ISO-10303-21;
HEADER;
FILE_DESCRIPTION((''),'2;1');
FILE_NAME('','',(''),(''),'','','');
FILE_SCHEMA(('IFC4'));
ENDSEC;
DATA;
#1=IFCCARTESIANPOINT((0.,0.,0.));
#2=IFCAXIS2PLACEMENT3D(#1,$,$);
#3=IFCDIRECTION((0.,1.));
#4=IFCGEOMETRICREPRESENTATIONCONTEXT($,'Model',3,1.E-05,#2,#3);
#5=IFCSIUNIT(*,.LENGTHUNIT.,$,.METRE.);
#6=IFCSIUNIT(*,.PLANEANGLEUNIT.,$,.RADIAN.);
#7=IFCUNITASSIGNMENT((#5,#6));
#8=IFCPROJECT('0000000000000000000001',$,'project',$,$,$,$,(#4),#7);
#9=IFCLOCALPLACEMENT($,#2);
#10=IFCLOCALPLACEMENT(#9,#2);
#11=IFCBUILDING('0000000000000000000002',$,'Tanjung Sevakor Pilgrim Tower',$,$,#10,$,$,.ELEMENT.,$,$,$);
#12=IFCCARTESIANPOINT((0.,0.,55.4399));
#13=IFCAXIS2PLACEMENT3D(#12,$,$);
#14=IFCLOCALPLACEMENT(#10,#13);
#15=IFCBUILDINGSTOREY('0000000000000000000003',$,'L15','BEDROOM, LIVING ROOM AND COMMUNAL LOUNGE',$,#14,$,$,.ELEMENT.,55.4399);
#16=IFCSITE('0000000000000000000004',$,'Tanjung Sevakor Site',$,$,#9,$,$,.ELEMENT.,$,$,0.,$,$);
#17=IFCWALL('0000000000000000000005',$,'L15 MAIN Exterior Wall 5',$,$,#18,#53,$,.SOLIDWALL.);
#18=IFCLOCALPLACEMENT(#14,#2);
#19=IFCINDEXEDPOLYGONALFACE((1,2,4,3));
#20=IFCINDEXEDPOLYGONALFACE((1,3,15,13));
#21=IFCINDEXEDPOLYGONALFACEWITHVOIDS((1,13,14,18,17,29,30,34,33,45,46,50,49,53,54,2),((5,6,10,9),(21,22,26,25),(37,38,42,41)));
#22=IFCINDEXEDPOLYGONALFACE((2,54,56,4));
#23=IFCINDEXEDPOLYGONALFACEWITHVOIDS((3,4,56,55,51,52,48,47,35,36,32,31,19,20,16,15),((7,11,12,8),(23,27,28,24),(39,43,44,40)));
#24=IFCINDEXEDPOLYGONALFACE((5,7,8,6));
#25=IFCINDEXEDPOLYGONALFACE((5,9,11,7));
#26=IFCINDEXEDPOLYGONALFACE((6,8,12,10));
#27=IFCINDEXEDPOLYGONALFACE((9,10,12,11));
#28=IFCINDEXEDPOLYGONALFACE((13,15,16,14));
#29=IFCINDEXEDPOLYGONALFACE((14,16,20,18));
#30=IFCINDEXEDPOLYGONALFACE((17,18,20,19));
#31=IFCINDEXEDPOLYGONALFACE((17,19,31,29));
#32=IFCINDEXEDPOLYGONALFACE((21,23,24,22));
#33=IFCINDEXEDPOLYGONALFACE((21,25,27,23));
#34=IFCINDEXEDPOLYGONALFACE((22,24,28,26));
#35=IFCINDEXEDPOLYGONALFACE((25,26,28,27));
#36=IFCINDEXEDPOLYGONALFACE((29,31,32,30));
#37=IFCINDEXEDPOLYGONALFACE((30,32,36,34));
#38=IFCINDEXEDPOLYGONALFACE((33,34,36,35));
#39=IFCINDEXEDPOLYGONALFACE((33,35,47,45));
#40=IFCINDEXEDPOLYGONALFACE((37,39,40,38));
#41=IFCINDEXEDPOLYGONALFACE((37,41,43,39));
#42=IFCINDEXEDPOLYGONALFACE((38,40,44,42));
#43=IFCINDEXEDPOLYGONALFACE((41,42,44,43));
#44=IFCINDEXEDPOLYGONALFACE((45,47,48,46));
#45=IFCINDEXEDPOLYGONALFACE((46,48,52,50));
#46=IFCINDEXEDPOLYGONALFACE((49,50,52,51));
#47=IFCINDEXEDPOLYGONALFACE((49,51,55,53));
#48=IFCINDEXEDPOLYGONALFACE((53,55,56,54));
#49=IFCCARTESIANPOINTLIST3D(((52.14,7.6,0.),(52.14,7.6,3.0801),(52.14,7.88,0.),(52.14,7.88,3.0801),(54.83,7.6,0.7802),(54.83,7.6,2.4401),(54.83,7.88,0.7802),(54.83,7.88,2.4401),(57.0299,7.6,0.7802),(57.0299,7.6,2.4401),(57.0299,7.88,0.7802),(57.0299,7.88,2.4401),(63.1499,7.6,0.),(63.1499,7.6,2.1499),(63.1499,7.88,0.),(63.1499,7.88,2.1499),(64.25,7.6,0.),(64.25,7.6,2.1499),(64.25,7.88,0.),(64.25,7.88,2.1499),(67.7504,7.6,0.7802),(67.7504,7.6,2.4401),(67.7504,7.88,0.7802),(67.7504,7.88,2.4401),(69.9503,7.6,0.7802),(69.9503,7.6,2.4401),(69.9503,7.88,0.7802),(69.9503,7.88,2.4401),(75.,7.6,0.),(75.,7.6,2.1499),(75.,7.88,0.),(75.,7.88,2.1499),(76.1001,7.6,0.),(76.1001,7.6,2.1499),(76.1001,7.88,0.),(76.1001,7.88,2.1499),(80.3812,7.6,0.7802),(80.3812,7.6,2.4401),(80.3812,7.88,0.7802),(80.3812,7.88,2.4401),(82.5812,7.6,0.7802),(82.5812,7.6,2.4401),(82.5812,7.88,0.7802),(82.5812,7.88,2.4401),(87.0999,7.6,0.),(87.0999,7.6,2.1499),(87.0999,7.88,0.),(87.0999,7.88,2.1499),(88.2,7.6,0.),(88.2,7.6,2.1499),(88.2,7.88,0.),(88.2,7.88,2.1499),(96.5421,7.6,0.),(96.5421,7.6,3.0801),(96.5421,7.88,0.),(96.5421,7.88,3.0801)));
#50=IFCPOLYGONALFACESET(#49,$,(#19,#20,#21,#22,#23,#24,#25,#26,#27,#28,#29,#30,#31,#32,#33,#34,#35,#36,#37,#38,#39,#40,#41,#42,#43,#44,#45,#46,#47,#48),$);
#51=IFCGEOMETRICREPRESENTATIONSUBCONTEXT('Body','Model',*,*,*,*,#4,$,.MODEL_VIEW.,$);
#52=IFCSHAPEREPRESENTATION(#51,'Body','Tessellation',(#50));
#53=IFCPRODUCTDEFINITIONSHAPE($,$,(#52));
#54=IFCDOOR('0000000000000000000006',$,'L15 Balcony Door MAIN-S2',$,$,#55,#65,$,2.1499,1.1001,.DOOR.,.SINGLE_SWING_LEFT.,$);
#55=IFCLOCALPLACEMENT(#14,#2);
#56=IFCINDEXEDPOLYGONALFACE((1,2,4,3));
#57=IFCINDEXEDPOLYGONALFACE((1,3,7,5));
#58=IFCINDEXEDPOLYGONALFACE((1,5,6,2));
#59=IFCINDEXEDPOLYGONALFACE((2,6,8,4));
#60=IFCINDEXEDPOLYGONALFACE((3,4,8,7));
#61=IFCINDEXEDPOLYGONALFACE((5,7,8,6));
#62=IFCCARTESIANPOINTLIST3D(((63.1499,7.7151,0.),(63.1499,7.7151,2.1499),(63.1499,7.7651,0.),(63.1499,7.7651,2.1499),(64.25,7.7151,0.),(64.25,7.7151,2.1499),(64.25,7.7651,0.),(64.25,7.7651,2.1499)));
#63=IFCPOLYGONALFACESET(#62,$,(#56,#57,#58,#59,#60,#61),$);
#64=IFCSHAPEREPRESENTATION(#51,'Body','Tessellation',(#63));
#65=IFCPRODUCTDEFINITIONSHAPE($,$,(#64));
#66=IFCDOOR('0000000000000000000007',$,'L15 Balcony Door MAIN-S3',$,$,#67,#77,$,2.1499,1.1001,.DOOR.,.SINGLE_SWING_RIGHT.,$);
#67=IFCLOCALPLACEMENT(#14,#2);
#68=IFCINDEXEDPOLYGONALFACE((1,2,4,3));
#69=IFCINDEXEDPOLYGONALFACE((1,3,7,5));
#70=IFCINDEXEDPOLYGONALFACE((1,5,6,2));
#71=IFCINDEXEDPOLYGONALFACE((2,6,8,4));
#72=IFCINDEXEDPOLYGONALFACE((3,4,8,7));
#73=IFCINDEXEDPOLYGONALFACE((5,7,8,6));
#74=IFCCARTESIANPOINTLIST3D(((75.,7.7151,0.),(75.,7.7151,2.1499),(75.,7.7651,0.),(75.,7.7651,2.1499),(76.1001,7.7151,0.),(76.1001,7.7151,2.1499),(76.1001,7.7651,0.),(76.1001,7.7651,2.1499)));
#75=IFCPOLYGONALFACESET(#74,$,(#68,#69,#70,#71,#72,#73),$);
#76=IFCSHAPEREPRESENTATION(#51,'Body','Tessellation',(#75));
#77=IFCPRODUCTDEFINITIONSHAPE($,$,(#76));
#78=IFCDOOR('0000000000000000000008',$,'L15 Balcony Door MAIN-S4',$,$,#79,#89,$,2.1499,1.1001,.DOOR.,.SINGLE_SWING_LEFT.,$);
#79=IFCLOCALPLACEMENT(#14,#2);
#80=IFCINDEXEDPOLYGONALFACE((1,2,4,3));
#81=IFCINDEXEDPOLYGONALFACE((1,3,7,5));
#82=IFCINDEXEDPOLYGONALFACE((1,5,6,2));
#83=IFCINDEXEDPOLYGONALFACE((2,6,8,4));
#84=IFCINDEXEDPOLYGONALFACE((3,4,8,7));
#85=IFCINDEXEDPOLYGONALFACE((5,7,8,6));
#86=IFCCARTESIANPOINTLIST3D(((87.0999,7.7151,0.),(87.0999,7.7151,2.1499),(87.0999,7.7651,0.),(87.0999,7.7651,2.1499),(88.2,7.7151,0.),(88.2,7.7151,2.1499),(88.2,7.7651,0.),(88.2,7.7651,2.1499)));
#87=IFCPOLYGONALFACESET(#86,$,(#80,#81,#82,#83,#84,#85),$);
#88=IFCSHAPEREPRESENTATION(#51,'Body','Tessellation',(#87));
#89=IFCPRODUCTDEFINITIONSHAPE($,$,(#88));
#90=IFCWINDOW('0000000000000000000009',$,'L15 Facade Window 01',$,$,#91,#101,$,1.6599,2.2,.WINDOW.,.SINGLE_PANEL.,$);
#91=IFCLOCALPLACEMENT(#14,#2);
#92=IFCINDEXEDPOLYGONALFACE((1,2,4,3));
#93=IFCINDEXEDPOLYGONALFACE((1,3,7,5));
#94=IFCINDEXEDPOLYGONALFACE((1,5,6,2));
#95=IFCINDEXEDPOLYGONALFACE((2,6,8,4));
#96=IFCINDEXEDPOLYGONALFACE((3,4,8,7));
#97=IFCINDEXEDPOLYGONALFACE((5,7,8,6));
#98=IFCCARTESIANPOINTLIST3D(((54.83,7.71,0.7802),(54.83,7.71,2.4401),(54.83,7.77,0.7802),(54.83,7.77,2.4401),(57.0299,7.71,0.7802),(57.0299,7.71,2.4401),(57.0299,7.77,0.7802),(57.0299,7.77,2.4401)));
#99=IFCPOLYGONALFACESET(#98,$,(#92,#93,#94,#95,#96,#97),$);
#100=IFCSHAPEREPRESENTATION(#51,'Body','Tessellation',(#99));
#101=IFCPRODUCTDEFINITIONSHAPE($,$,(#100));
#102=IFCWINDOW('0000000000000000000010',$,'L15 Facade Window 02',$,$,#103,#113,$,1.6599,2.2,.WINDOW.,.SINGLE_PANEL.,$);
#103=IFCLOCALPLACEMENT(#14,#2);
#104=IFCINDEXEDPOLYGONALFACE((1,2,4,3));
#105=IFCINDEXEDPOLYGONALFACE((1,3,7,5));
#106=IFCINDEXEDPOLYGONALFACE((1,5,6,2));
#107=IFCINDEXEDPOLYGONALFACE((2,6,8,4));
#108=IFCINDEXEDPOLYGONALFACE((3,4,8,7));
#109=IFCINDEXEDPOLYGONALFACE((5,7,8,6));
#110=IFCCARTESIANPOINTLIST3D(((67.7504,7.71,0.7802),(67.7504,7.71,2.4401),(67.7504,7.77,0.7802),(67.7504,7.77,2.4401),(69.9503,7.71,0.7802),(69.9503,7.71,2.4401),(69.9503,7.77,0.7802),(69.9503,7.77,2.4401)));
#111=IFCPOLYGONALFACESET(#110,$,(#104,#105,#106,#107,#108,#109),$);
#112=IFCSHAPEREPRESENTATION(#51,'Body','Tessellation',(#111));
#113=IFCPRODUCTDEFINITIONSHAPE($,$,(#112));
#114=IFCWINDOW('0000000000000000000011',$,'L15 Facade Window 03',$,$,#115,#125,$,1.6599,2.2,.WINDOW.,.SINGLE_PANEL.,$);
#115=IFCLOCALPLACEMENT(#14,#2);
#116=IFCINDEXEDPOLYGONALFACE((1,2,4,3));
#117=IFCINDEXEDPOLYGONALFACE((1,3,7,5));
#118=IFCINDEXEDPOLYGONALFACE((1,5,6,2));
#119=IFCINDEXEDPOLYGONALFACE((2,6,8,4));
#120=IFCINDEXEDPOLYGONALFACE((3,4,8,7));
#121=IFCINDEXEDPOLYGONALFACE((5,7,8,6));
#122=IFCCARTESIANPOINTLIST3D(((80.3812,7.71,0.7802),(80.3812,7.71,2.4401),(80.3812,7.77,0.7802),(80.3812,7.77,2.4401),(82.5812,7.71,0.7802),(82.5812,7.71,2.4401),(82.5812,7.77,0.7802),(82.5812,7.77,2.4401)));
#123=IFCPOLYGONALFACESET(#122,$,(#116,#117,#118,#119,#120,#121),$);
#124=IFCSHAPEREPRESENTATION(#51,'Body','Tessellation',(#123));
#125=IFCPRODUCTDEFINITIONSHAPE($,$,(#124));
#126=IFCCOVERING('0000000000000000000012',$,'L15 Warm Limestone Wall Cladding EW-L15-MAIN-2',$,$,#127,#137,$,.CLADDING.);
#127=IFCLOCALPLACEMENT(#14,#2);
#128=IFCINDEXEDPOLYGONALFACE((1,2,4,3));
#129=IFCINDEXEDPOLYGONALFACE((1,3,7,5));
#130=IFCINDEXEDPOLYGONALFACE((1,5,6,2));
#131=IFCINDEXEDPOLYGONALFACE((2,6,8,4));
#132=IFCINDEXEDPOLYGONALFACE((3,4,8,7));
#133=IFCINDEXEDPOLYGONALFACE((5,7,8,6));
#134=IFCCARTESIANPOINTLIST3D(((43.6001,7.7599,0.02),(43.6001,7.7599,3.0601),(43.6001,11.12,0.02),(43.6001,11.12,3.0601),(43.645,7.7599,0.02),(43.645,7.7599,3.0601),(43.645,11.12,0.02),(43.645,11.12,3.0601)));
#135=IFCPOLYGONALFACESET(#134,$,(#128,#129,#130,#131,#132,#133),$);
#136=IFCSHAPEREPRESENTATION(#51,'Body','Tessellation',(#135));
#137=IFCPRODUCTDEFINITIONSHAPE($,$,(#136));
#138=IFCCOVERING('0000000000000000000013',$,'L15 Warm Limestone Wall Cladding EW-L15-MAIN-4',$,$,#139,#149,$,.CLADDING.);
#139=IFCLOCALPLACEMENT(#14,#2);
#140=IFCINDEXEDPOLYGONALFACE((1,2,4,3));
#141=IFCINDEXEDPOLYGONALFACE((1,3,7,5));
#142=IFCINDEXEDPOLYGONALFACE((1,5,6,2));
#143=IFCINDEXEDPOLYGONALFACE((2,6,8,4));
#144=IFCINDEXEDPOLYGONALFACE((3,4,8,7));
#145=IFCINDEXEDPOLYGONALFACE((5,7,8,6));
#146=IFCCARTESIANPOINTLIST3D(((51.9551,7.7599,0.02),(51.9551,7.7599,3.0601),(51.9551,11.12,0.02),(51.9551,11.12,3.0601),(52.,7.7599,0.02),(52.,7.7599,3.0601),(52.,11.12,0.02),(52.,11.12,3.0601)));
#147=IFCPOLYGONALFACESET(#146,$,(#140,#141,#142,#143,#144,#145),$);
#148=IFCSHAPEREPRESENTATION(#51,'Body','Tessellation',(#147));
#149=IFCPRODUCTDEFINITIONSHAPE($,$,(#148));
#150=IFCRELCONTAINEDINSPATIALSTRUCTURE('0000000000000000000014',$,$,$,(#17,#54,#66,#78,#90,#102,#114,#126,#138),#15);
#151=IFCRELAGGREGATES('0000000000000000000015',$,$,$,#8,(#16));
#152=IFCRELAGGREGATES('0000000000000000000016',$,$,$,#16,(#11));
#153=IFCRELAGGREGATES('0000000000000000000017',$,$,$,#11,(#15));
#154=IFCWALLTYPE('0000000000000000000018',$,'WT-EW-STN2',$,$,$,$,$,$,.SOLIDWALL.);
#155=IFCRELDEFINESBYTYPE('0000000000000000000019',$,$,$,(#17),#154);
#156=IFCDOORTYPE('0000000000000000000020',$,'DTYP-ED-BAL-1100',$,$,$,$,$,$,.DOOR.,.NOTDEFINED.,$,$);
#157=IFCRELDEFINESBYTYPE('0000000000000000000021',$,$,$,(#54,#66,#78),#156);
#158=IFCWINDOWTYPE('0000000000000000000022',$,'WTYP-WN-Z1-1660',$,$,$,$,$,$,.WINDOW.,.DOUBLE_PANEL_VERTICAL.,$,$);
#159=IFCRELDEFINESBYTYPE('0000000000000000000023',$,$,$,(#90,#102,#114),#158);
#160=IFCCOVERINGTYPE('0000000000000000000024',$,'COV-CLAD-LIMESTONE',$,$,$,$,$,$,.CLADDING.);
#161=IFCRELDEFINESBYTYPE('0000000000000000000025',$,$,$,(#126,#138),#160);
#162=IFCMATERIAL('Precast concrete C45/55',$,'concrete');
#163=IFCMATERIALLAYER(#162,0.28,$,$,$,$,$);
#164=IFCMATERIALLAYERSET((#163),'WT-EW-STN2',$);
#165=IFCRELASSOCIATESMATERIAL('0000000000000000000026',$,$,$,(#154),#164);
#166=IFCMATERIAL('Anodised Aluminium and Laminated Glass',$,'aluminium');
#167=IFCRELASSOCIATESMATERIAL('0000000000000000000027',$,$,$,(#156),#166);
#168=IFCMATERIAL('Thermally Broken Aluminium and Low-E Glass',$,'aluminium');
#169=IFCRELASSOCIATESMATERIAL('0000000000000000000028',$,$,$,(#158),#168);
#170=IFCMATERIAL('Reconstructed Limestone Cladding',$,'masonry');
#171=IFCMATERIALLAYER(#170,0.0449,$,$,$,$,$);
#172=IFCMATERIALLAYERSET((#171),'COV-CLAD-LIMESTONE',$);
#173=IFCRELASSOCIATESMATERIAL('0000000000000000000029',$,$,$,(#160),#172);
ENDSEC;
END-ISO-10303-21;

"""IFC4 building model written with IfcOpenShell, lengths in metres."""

from ifc_helpers import new_model, si_unit, direction, frame, frame_2d, origin, origin_2d, place, context, subcontext, project, spatial, rectangle, extrude, material, layer, layer_set, type_object, element, fill, save


model = new_model("IFC4")

# Units and contexts
model_context = context("Model", 3, precision=1e-05, world=origin(), true_north=direction((0.0, 1.0)))
body_context = subcontext(model_context, "Body", "Model", "MODEL_VIEW")
ifc_project = project(units=[si_unit("LENGTHUNIT", "METRE"), si_unit("PLANEANGLEUNIT", "RADIAN")], contexts=[model_context])

# Site, building, storey
site_placement = place(None, origin())
site = spatial("IfcSite", under=ifc_project, at=site_placement, Name="Tanjung Sevakor Site", CompositionType="ELEMENT", RefElevation=0.0)
building_placement = place(site_placement, origin())
building = spatial("IfcBuilding", under=site, at=building_placement, Name="Tanjung Sevakor Pilgrim Tower", CompositionType="ELEMENT")
storey_placement = place(building_placement, frame((0.0, 0.0, 55.4399)))
storey = spatial("IfcBuildingStorey", under=building, at=storey_placement, Name="L15", Description="BEDROOM, LIVING ROOM AND COMMUNAL LOUNGE", CompositionType="ELEMENT", Elevation=55.4399)

# Shared definitions
ifc_material_1 = material(Name="Precast concrete C45/55", Category="concrete")
ifc_layer_1 = layer(ifc_material_1, 0.28)
ifc_layer_set_1 = layer_set([ifc_layer_1], Name="WT-EW-STN2")
wall_type_1 = type_object("IfcWallType", Name="WT-EW-STN2", PredefinedType="SOLIDWALL", material=ifc_layer_set_1)

# Wall, openings, doors, windows
wall_1_placement = place(storey_placement, frame((52.1399, 7.74, 0.0), z_axis=(0.0, 0.0, 1.0), x_axis=(1.0, 0.0, 0.0)))
wall_1 = element("IfcWall", 1, at=wall_1_placement, inside=storey, type_object=wall_type_1, Name="L15 MAIN Exterior Wall 5", PredefinedType="SOLIDWALL", context=body_context, shape_type="SweptSolid", body=[
    extrude(rectangle(XDim=44.4021, YDim=0.28, at=frame_2d((22.2012, 0.0))), origin(), (0.0, 0.0, 1.0), 3.0801),
])
opening_1_placement = place(wall_1_placement, frame((11.01, 0.0, 0.0)))
opening_1 = element("IfcOpeningElement", 2, at=opening_1_placement, cuts=wall_1, PredefinedType="OPENING", context=body_context, shape_type="SweptSolid", body=[
    extrude(rectangle(XDim=1.1001, YDim=2.1499, at=frame_2d((0.55, 1.075))), frame((0.0, 0.1499, 0.0), z_axis=(0.0, -1.0, 0.0), x_axis=(1.0, 0.0, 0.0)), (0.0, 0.0, 1.0), 0.3),
])
opening_2_placement = place(wall_1_placement, frame((22.8601, 0.0, 0.0)))
opening_2 = element("IfcOpeningElement", 3, at=opening_2_placement, cuts=wall_1, PredefinedType="OPENING", context=body_context, shape_type="SweptSolid", body=[
    extrude(rectangle(XDim=1.1001, YDim=2.1499, at=frame_2d((0.55, 1.075))), frame((0.0, 0.1499, 0.0), z_axis=(0.0, -1.0, 0.0), x_axis=(1.0, 0.0, 0.0)), (0.0, 0.0, 1.0), 0.3),
])
opening_3_placement = place(wall_1_placement, frame((34.96, 0.0, 0.0)))
opening_3 = element("IfcOpeningElement", 4, at=opening_3_placement, cuts=wall_1, PredefinedType="OPENING", context=body_context, shape_type="SweptSolid", body=[
    extrude(rectangle(XDim=1.1001, YDim=2.1499, at=frame_2d((0.55, 1.075))), frame((0.0, 0.1499, 0.0), z_axis=(0.0, -1.0, 0.0), x_axis=(1.0, 0.0, 0.0)), (0.0, 0.0, 1.0), 0.3),
])
opening_4_placement = place(wall_1_placement, frame((2.6899, 0.0, 0.78)))
opening_4 = element("IfcOpeningElement", 5, at=opening_4_placement, cuts=wall_1, PredefinedType="OPENING", context=body_context, shape_type="SweptSolid", body=[
    extrude(rectangle(XDim=2.2, YDim=1.6599, at=frame_2d((1.1001, 0.8301))), frame((0.0, 0.1499, 0.0), z_axis=(0.0, -1.0, 0.0), x_axis=(1.0, 0.0, 0.0)), (0.0, 0.0, 1.0), 0.3),
])
opening_5_placement = place(wall_1_placement, frame((15.6104, 0.0, 0.78)))
opening_5 = element("IfcOpeningElement", 6, at=opening_5_placement, cuts=wall_1, PredefinedType="OPENING", context=body_context, shape_type="SweptSolid", body=[
    extrude(rectangle(XDim=2.2, YDim=1.6599, at=frame_2d((1.1001, 0.8301))), frame((0.0, 0.1499, 0.0), z_axis=(0.0, -1.0, 0.0), x_axis=(1.0, 0.0, 0.0)), (0.0, 0.0, 1.0), 0.3),
])
opening_6_placement = place(wall_1_placement, frame((28.2412, 0.0, 0.78)))
opening_6 = element("IfcOpeningElement", 7, at=opening_6_placement, cuts=wall_1, PredefinedType="OPENING", context=body_context, shape_type="SweptSolid", body=[
    extrude(rectangle(XDim=2.2, YDim=1.6599, at=frame_2d((1.1001, 0.8301))), frame((0.0, 0.1499, 0.0), z_axis=(0.0, -1.0, 0.0), x_axis=(1.0, 0.0, 0.0)), (0.0, 0.0, 1.0), 0.3),
])
ifc_material_2 = material(Name="Anodised Aluminium and Laminated Glass", Category="aluminium")
door_type = type_object("IfcDoorType", Name="DTYP-ED-BAL-1100", OperationType="NOTDEFINED", PredefinedType="DOOR", material=ifc_material_2)
door_1_placement = place(opening_1_placement, frame((1.1001, 0.0, 0.0), z_axis=(0.0, 0.0, 1.0), x_axis=(-1.0, 0.0, 0.0)))
door_1 = element("IfcDoor", 8, at=door_1_placement, inside=storey, type_object=door_type, Name="L15 Balcony Door MAIN-S2", OperationType="SINGLE_SWING_LEFT", OverallHeight=2.1499, OverallWidth=1.1001, PredefinedType="DOOR", context=body_context, shape_type="SweptSolid", body=[
    extrude(rectangle(XDim=1.1001, YDim=2.1499, at=frame_2d((0.55, 1.075))), frame((0.0, 0.0249, 0.0), z_axis=(0.0, -1.0, 0.0), x_axis=(1.0, 0.0, 0.0)), (0.0, 0.0, 1.0), 0.05),
])
fill(opening_1, door_1)
door_2_placement = place(opening_2_placement, frame((1.1001, 0.0, 0.0), z_axis=(0.0, 0.0, 1.0), x_axis=(-1.0, 0.0, 0.0)))
door_2 = element("IfcDoor", 9, at=door_2_placement, inside=storey, type_object=door_type, Name="L15 Balcony Door MAIN-S3", OperationType="SINGLE_SWING_RIGHT", OverallHeight=2.1499, OverallWidth=1.1001, PredefinedType="DOOR", context=body_context, shape_type="SweptSolid", body=[
    extrude(rectangle(XDim=1.1001, YDim=2.1499, at=frame_2d((0.55, 1.075))), frame((0.0, 0.0249, 0.0), z_axis=(0.0, -1.0, 0.0), x_axis=(1.0, 0.0, 0.0)), (0.0, 0.0, 1.0), 0.05),
])
fill(opening_2, door_2)
door_3_placement = place(opening_3_placement, frame((1.1001, 0.0, 0.0), z_axis=(0.0, 0.0, 1.0), x_axis=(-1.0, 0.0, 0.0)))
door_3 = element("IfcDoor", 10, at=door_3_placement, inside=storey, type_object=door_type, Name="L15 Balcony Door MAIN-S4", OperationType="SINGLE_SWING_LEFT", OverallHeight=2.1499, OverallWidth=1.1001, PredefinedType="DOOR", context=body_context, shape_type="SweptSolid", body=[
    extrude(rectangle(XDim=1.1001, YDim=2.1499, at=frame_2d((0.55, 1.075))), frame((0.0, 0.0249, 0.0), z_axis=(0.0, -1.0, 0.0), x_axis=(1.0, 0.0, 0.0)), (0.0, 0.0, 1.0), 0.05),
])
fill(opening_3, door_3)
ifc_material_3 = material(Name="Thermally Broken Aluminium and Low-E Glass", Category="aluminium")
window_type = type_object("IfcWindowType", Name="WTYP-WN-Z1-1660", PartitioningType="DOUBLE_PANEL_VERTICAL", PredefinedType="WINDOW", material=ifc_material_3)
window_1_placement = place(opening_4_placement, origin())
window_1 = element("IfcWindow", 11, at=window_1_placement, inside=storey, type_object=window_type, Name="L15 Facade Window 01", OverallHeight=1.6599, OverallWidth=2.2, PartitioningType="SINGLE_PANEL", PredefinedType="WINDOW", context=body_context, shape_type="SweptSolid", body=[
    extrude(rectangle(XDim=2.2, YDim=1.6599, at=frame_2d((1.1001, 0.8301))), frame((0.0, 0.03, 0.0), z_axis=(0.0, -1.0, 0.0), x_axis=(1.0, 0.0, 0.0)), (0.0, 0.0, 1.0), 0.0601),
])
fill(opening_4, window_1)
window_2_placement = place(opening_5_placement, origin())
window_2 = element("IfcWindow", 12, at=window_2_placement, inside=storey, type_object=window_type, Name="L15 Facade Window 02", OverallHeight=1.6599, OverallWidth=2.2, PartitioningType="SINGLE_PANEL", PredefinedType="WINDOW", context=body_context, shape_type="SweptSolid", body=[
    extrude(rectangle(XDim=2.2, YDim=1.6599, at=frame_2d((1.1001, 0.8301))), frame((0.0, 0.03, 0.0), z_axis=(0.0, -1.0, 0.0), x_axis=(1.0, 0.0, 0.0)), (0.0, 0.0, 1.0), 0.0601),
])
fill(opening_5, window_2)
window_3_placement = place(opening_6_placement, origin())
window_3 = element("IfcWindow", 13, at=window_3_placement, inside=storey, type_object=window_type, Name="L15 Facade Window 03", OverallHeight=1.6599, OverallWidth=2.2, PartitioningType="SINGLE_PANEL", PredefinedType="WINDOW", context=body_context, shape_type="SweptSolid", body=[
    extrude(rectangle(XDim=2.2, YDim=1.6599, at=frame_2d((1.1001, 0.8301))), frame((0.0, 0.03, 0.0), z_axis=(0.0, -1.0, 0.0), x_axis=(1.0, 0.0, 0.0)), (0.0, 0.0, 1.0), 0.0601),
])
fill(opening_6, window_3)

# Coverings
ifc_material_4 = material(Name="Reconstructed Limestone Cladding", Category="masonry")
ifc_layer_2 = layer(ifc_material_4, 0.0449)
ifc_layer_set_2 = layer_set([ifc_layer_2], Name="COV-CLAD-LIMESTONE")
covering_type = type_object("IfcCoveringType", Name="COV-CLAD-LIMESTONE", PredefinedType="CLADDING", material=ifc_layer_set_2)
for number, where, z_axis, x_axis, name in (
    (14, (43.6226, 9.4399, 0.02), (0.0, 0.0, 1.0), (0.0, 1.0, 0.0), "L15 Warm Limestone Wall Cladding EW-L15-MAIN-2"),
    (15, (51.9775, 9.4399, 0.02), (0.0, 0.0, 1.0), (0.0, -1.0, 0.0), "L15 Warm Limestone Wall Cladding EW-L15-MAIN-4"),
):
    element("IfcCovering", number, at=place(storey_placement, frame(where, z_axis=z_axis, x_axis=x_axis)), inside=storey, type_object=covering_type, Name=name, PredefinedType="CLADDING", context=body_context, shape_type="SweptSolid", body=[
        extrude(rectangle(XDim=3.3601, YDim=0.0449, at=origin_2d()), origin(), (0.0, 0.0, 1.0), 3.04),
    ])

save(model, "model.ifc")
